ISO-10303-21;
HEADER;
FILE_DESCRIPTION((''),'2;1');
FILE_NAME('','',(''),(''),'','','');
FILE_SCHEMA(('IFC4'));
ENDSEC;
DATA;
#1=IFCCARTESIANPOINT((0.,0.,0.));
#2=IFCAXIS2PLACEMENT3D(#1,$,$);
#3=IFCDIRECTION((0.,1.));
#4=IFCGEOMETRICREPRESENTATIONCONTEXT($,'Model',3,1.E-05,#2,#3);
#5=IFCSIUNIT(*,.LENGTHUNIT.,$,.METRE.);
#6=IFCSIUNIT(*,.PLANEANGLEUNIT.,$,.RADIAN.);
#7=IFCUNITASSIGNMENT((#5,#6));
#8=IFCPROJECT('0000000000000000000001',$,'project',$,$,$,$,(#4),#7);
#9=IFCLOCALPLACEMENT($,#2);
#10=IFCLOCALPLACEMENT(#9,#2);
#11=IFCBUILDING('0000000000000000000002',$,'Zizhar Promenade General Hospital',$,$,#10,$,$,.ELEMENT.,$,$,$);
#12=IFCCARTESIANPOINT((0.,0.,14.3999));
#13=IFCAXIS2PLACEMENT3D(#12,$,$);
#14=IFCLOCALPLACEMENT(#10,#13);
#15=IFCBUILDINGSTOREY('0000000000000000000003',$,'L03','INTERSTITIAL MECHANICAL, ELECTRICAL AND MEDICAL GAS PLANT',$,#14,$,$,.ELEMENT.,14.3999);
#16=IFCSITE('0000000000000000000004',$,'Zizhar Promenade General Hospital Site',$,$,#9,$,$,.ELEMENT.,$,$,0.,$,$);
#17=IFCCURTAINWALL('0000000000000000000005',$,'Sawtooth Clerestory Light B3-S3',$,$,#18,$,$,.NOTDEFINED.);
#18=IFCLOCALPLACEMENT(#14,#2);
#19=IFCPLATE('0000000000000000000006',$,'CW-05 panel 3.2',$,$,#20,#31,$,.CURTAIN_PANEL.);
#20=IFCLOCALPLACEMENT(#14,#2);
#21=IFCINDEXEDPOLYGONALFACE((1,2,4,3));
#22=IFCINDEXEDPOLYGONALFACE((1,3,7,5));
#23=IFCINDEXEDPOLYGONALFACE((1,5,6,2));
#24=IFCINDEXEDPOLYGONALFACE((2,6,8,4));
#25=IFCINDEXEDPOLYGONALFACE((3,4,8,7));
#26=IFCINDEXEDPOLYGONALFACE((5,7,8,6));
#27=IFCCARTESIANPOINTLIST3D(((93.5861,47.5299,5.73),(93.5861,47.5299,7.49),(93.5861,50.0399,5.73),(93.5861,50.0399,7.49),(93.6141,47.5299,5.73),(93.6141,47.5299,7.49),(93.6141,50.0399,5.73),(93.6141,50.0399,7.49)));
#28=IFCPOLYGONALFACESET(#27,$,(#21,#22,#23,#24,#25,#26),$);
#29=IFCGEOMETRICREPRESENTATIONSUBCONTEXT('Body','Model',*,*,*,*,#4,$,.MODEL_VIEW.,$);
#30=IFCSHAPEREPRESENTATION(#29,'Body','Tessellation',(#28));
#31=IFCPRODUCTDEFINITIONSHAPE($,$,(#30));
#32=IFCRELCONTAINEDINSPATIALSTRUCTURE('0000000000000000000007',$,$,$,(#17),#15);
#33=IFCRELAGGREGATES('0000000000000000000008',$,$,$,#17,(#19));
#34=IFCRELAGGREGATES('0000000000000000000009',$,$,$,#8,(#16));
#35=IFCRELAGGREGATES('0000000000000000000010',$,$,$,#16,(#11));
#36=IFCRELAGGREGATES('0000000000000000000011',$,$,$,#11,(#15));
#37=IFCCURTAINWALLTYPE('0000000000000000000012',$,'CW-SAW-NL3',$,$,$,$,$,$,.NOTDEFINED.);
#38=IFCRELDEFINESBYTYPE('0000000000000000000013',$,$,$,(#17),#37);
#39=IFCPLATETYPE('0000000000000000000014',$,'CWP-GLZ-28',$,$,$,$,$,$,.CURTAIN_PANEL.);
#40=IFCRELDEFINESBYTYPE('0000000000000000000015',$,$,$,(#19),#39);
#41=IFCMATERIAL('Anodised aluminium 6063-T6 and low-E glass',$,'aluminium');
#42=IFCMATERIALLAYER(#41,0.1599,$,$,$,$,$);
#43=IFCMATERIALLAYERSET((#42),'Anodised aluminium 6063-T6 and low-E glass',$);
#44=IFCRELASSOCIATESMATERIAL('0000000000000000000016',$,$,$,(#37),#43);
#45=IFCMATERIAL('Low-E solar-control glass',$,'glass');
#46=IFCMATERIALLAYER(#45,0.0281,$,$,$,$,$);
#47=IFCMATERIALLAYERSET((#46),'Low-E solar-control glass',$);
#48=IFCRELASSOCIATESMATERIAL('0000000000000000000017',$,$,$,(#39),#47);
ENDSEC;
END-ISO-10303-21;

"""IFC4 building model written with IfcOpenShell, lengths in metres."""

from ifc_helpers import new_model, si_unit, direction, frame, origin, origin_2d, place, context, subcontext, project, spatial, rectangle, extrude, material, layer, layer_set, type_object, element, aggregate, save


model = new_model("IFC4")

# Units and contexts
model_context = context("Model", 3, precision=1e-05, world=origin(), true_north=direction((0.0, 1.0)))
body_context = subcontext(model_context, "Body", "Model", "MODEL_VIEW")
ifc_project = project(units=[si_unit("LENGTHUNIT", "METRE"), si_unit("PLANEANGLEUNIT", "RADIAN")], contexts=[model_context])

# Site, building, storey
site_placement = place(None, origin())
site = spatial("IfcSite", under=ifc_project, at=site_placement, Name="Zizhar Promenade General Hospital Site", CompositionType="ELEMENT", RefElevation=0.0)
building_placement = place(site_placement, origin())
building = spatial("IfcBuilding", under=site, at=building_placement, Name="Zizhar Promenade General Hospital", CompositionType="ELEMENT")
storey_placement = place(building_placement, frame((0.0, 0.0, 14.3999)))
storey = spatial("IfcBuildingStorey", under=building, at=storey_placement, Name="L03", Description="INTERSTITIAL MECHANICAL, ELECTRICAL AND MEDICAL GAS PLANT", CompositionType="ELEMENT", Elevation=14.3999)

# Curtain wall
ifc_material_1 = material(Name="Anodised aluminium 6063-T6 and low-E glass", Category="aluminium")
ifc_layer_1 = layer(ifc_material_1, 0.1599)
ifc_layer_set_1 = layer_set([ifc_layer_1], Name="Anodised aluminium 6063-T6 and low-E glass")
curtain_wall_type = type_object("IfcCurtainWallType", Name="CW-SAW-NL3", PredefinedType="NOTDEFINED", material=ifc_layer_set_1)
curtain_wall_1_placement = place(storey_placement, origin())
curtain_wall_1 = element("IfcCurtainWall", 1, at=curtain_wall_1_placement, inside=storey, type_object=curtain_wall_type, Name="Sawtooth Clerestory Light B3-S3", PredefinedType="NOTDEFINED")

# Plate
ifc_material_2 = material(Name="Low-E solar-control glass", Category="glass")
ifc_layer_2 = layer(ifc_material_2, 0.0281)
ifc_layer_set_2 = layer_set([ifc_layer_2], Name="Low-E solar-control glass")
plate_type = type_object("IfcPlateType", Name="CWP-GLZ-28", PredefinedType="CURTAIN_PANEL", material=ifc_layer_set_2)
plate_1_placement = place(storey_placement, frame((93.6001, 48.7849, 5.73), z_axis=(0.0, 0.0, 1.0), x_axis=(0.0, 1.0, 0.0)))
plate_1 = element("IfcPlate", 2, at=plate_1_placement, type_object=plate_type, Name="CW-05 panel 3.2", PredefinedType="CURTAIN_PANEL", context=body_context, shape_type="SweptSolid", body=[
    extrude(rectangle(XDim=2.51, YDim=0.0281, at=origin_2d()), origin(), (0.0, 0.0, 1.0), 1.76),
])
aggregate(curtain_wall_1, [plate_1])

save(model, "model.ifc")
